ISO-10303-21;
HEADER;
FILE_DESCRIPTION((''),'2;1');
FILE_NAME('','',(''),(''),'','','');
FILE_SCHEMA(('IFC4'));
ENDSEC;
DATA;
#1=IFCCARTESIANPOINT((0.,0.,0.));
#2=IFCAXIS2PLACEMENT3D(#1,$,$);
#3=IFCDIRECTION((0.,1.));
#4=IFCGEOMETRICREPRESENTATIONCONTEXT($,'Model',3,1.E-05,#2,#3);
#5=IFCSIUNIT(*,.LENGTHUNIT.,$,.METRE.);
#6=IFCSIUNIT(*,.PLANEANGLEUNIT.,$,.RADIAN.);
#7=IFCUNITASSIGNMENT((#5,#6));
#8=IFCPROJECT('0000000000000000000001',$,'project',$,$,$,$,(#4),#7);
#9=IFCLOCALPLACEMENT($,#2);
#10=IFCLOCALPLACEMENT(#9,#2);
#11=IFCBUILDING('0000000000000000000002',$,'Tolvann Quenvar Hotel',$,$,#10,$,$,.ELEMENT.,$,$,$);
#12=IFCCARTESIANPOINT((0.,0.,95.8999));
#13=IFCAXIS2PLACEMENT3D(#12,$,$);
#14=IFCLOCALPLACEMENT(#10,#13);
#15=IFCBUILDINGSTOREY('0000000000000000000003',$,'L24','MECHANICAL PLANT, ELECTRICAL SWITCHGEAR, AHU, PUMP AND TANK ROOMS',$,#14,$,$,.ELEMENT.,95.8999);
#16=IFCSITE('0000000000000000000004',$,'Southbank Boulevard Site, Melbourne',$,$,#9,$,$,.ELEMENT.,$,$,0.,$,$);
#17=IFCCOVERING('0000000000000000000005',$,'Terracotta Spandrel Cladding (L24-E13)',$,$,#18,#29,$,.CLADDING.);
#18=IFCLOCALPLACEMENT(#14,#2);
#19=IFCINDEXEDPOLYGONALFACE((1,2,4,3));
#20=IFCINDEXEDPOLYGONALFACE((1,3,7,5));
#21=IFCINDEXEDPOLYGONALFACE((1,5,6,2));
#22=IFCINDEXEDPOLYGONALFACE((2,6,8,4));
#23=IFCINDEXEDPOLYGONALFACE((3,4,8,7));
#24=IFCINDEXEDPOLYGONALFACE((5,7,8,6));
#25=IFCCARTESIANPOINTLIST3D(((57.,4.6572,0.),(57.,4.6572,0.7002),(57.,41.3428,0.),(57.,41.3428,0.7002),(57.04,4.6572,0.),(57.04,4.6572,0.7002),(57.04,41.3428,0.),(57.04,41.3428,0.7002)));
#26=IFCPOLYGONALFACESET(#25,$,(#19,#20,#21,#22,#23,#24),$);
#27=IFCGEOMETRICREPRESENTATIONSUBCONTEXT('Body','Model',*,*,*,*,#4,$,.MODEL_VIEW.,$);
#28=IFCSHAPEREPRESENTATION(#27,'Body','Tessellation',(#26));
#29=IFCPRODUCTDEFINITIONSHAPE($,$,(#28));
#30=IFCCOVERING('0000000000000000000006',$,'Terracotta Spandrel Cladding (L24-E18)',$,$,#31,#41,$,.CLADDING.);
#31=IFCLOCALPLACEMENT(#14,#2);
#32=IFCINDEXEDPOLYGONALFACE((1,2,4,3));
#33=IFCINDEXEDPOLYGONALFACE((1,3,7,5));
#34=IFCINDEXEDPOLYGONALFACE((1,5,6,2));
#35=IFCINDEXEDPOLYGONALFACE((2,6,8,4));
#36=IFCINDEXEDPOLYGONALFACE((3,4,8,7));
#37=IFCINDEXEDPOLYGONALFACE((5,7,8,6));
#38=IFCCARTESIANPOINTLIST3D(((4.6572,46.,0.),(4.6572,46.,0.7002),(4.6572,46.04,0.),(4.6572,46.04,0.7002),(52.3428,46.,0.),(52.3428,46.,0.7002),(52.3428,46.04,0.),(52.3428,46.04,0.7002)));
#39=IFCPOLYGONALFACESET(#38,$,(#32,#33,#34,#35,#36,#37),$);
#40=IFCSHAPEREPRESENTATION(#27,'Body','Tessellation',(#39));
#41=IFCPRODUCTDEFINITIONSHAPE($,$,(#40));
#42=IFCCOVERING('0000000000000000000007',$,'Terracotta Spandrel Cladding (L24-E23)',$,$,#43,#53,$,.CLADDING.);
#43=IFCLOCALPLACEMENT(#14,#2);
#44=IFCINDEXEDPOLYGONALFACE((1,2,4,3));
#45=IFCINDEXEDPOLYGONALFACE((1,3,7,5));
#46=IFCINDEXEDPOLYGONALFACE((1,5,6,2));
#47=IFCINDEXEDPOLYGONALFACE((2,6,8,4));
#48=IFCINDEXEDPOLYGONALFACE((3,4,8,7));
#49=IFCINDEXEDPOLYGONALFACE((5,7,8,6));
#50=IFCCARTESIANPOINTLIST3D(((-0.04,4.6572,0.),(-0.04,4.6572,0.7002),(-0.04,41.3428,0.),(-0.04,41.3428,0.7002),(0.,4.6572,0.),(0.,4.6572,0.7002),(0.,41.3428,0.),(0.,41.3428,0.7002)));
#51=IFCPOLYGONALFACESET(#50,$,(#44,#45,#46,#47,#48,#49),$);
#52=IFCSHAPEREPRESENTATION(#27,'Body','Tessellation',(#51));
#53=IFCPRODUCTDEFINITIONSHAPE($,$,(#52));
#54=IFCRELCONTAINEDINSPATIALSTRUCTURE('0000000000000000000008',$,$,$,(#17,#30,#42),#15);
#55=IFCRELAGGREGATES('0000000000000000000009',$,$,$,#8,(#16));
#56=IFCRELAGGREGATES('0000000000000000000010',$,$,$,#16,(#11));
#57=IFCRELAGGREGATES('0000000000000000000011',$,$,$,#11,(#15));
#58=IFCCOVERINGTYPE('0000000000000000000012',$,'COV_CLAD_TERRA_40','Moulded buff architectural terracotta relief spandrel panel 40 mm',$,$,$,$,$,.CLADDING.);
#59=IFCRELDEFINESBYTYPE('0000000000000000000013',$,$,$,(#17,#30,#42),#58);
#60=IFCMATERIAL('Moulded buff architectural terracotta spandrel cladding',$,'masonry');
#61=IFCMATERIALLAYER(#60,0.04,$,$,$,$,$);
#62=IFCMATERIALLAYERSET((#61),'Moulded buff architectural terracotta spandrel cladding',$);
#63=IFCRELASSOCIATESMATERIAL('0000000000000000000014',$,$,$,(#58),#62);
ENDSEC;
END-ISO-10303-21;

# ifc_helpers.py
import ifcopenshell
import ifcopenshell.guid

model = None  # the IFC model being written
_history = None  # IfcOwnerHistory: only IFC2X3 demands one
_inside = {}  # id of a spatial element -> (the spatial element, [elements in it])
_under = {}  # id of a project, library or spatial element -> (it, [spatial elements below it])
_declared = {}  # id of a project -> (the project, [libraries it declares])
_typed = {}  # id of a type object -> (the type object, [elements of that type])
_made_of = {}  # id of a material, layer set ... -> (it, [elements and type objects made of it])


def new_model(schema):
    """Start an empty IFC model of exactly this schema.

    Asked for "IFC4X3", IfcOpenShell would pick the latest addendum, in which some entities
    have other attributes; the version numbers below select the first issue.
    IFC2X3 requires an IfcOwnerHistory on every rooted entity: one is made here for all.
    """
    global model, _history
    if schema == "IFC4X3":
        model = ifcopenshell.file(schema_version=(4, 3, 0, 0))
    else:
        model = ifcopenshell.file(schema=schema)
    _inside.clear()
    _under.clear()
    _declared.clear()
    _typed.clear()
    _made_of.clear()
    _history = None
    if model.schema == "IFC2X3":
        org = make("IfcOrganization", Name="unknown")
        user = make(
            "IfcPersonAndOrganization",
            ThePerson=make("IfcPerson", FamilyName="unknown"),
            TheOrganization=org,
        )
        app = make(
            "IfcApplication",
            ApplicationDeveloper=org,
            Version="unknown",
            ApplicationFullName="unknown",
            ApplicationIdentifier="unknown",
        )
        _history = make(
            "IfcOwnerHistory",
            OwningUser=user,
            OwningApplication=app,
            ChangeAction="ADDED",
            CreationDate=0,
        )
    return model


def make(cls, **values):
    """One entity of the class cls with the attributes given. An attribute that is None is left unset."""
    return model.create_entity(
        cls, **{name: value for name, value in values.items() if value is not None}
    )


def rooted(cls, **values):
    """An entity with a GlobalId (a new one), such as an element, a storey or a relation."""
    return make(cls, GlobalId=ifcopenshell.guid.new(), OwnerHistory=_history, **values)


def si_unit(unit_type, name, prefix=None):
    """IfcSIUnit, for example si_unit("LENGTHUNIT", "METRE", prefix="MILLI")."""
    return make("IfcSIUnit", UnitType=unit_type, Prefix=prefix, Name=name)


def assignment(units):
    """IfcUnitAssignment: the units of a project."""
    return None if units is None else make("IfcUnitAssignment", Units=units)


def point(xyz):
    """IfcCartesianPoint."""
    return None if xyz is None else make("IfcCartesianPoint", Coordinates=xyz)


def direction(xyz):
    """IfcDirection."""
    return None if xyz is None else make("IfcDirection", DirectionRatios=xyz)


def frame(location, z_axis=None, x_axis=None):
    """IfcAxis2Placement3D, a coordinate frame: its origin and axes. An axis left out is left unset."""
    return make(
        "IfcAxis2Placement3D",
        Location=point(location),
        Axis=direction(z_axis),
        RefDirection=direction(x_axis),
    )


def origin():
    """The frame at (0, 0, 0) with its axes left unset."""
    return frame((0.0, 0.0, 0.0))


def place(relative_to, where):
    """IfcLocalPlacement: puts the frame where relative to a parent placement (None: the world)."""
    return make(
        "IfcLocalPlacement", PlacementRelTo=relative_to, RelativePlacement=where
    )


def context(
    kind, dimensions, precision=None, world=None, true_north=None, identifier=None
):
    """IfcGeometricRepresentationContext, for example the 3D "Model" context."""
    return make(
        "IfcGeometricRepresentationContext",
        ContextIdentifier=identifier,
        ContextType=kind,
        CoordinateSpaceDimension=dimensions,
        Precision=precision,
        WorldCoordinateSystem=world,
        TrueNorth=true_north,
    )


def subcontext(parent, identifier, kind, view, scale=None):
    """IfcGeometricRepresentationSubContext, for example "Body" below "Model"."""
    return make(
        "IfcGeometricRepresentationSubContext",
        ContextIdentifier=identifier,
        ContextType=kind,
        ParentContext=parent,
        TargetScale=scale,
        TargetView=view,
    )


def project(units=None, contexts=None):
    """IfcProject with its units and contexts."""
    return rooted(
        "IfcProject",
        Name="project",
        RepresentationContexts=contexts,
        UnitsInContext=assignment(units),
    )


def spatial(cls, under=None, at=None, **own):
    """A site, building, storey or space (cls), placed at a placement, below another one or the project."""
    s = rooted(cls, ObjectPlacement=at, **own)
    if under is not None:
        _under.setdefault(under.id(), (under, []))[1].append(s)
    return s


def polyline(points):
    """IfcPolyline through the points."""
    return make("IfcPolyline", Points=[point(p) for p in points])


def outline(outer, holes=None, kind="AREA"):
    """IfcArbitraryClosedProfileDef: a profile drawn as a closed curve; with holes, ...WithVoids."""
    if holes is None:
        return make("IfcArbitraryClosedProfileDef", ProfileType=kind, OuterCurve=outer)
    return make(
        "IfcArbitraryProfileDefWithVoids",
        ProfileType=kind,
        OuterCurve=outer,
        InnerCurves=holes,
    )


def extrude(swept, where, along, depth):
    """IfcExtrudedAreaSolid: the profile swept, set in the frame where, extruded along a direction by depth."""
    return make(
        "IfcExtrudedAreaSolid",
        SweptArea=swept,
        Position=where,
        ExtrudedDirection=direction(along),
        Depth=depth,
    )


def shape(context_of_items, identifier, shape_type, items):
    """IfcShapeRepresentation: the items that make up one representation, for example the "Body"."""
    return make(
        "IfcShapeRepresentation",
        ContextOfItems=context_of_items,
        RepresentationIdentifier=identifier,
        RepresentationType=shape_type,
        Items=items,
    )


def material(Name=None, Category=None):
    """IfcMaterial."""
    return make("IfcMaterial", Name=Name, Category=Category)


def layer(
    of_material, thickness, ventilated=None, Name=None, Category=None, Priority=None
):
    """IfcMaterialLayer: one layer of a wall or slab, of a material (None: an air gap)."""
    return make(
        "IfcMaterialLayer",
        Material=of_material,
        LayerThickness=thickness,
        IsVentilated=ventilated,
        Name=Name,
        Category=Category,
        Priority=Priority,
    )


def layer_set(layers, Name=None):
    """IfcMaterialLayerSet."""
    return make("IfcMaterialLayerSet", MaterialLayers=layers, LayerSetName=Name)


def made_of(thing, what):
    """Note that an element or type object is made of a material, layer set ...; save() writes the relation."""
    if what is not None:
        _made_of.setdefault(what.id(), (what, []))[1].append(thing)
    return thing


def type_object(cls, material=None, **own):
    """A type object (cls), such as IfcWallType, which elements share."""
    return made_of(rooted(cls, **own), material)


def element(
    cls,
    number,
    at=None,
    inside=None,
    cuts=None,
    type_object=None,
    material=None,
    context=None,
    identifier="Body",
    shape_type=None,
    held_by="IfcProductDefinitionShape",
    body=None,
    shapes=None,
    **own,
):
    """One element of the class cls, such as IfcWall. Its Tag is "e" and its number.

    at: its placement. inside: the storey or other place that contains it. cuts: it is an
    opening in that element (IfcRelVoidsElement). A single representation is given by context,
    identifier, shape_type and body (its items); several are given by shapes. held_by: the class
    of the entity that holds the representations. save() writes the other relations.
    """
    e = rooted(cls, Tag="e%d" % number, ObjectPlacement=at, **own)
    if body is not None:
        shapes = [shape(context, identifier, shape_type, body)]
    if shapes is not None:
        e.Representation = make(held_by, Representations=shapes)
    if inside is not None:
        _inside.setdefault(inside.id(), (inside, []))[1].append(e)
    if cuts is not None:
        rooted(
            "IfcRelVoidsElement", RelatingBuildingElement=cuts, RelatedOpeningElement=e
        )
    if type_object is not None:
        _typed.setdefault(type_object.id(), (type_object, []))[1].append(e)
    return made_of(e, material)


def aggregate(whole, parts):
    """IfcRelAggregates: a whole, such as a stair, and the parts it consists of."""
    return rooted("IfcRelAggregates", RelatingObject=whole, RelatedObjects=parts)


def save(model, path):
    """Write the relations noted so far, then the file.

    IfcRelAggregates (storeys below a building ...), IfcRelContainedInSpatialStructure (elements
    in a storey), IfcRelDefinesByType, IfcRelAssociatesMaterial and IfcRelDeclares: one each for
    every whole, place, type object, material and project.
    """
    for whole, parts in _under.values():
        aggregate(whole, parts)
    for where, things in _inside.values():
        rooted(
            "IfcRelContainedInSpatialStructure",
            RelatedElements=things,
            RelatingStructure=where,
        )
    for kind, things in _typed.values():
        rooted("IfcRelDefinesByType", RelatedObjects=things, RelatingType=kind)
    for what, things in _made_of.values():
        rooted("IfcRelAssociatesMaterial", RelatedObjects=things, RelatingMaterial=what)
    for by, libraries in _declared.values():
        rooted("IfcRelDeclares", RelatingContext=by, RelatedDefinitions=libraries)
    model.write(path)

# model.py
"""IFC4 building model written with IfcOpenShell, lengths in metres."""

from ifc_helpers import new_model, si_unit, direction, frame, origin, place, context, subcontext, project, spatial, polyline, outline, extrude, material, layer, layer_set, type_object, element, save


model = new_model("IFC4")

# Units and contexts
model_context = context("Model", 3, precision=1e-05, world=origin(), true_north=direction((0.0, 1.0)))
body_context = subcontext(model_context, "Body", "Model", "MODEL_VIEW")
ifc_project = project(units=[si_unit("LENGTHUNIT", "METRE"), si_unit("PLANEANGLEUNIT", "RADIAN")], contexts=[model_context])

# Site, building, storey
site_placement = place(None, origin())
site = spatial("IfcSite", under=ifc_project, at=site_placement, Name="Southbank Boulevard Site, Melbourne", CompositionType="ELEMENT", RefElevation=0.0)
building_placement = place(site_placement, origin())
building = spatial("IfcBuilding", under=site, at=building_placement, Name="Tolvann Quenvar Hotel", CompositionType="ELEMENT")
storey_placement = place(building_placement, frame((0.0, 0.0, 95.8999)))
storey = spatial("IfcBuildingStorey", under=building, at=storey_placement, Name="L24", Description="MECHANICAL PLANT, ELECTRICAL SWITCHGEAR, AHU, PUMP AND TANK ROOMS", CompositionType="ELEMENT", Elevation=95.8999)

# Coverings
ifc_material_1 = material(Name="Moulded buff architectural terracotta spandrel cladding", Category="masonry")
ifc_layer_1 = layer(ifc_material_1, 0.04)
ifc_layer_set_1 = layer_set([ifc_layer_1], Name="Moulded buff architectural terracotta spandrel cladding")
covering_type_1 = type_object("IfcCoveringType", Name="COV_CLAD_TERRA_40", Description="Moulded buff architectural terracotta relief spandrel panel 40 mm", PredefinedType="CLADDING", material=ifc_layer_set_1)
covering_1_placement = place(storey_placement, origin())
element("IfcCovering", 1, at=covering_1_placement, inside=storey, type_object=covering_type_1, Name="Terracotta Spandrel Cladding (L24-E13)", PredefinedType="CLADDING", context=body_context, shape_type="SweptSolid", body=[
    extrude(outline(polyline([(57.0, 4.6572), (57.0, 41.3428), (57.04, 41.3428), (57.04, 4.6572), (57.0, 4.6572)])), origin(), (0.0, 0.0, 1.0), 0.7002),
])
covering_2_placement = place(storey_placement, origin())
element("IfcCovering", 2, at=covering_2_placement, inside=storey, type_object=covering_type_1, Name="Terracotta Spandrel Cladding (L24-E18)", PredefinedType="CLADDING", context=body_context, shape_type="SweptSolid", body=[
    extrude(outline(polyline([(52.3428, 46.0), (4.6572, 46.0), (4.6572, 46.04), (52.3428, 46.04), (52.3428, 46.0)])), origin(), (0.0, 0.0, 1.0), 0.7002),
])
covering_3_placement = place(storey_placement, origin())
element("IfcCovering", 3, at=covering_3_placement, inside=storey, type_object=covering_type_1, Name="Terracotta Spandrel Cladding (L24-E23)", PredefinedType="CLADDING", context=body_context, shape_type="SweptSolid", body=[
    extrude(outline(polyline([(0.0, 41.3428), (0.0, 4.6572), (-0.04, 4.6572), (-0.04, 41.3428), (0.0, 41.3428)])), origin(), (0.0, 0.0, 1.0), 0.7002),
])

save(model, "model.ifc")
